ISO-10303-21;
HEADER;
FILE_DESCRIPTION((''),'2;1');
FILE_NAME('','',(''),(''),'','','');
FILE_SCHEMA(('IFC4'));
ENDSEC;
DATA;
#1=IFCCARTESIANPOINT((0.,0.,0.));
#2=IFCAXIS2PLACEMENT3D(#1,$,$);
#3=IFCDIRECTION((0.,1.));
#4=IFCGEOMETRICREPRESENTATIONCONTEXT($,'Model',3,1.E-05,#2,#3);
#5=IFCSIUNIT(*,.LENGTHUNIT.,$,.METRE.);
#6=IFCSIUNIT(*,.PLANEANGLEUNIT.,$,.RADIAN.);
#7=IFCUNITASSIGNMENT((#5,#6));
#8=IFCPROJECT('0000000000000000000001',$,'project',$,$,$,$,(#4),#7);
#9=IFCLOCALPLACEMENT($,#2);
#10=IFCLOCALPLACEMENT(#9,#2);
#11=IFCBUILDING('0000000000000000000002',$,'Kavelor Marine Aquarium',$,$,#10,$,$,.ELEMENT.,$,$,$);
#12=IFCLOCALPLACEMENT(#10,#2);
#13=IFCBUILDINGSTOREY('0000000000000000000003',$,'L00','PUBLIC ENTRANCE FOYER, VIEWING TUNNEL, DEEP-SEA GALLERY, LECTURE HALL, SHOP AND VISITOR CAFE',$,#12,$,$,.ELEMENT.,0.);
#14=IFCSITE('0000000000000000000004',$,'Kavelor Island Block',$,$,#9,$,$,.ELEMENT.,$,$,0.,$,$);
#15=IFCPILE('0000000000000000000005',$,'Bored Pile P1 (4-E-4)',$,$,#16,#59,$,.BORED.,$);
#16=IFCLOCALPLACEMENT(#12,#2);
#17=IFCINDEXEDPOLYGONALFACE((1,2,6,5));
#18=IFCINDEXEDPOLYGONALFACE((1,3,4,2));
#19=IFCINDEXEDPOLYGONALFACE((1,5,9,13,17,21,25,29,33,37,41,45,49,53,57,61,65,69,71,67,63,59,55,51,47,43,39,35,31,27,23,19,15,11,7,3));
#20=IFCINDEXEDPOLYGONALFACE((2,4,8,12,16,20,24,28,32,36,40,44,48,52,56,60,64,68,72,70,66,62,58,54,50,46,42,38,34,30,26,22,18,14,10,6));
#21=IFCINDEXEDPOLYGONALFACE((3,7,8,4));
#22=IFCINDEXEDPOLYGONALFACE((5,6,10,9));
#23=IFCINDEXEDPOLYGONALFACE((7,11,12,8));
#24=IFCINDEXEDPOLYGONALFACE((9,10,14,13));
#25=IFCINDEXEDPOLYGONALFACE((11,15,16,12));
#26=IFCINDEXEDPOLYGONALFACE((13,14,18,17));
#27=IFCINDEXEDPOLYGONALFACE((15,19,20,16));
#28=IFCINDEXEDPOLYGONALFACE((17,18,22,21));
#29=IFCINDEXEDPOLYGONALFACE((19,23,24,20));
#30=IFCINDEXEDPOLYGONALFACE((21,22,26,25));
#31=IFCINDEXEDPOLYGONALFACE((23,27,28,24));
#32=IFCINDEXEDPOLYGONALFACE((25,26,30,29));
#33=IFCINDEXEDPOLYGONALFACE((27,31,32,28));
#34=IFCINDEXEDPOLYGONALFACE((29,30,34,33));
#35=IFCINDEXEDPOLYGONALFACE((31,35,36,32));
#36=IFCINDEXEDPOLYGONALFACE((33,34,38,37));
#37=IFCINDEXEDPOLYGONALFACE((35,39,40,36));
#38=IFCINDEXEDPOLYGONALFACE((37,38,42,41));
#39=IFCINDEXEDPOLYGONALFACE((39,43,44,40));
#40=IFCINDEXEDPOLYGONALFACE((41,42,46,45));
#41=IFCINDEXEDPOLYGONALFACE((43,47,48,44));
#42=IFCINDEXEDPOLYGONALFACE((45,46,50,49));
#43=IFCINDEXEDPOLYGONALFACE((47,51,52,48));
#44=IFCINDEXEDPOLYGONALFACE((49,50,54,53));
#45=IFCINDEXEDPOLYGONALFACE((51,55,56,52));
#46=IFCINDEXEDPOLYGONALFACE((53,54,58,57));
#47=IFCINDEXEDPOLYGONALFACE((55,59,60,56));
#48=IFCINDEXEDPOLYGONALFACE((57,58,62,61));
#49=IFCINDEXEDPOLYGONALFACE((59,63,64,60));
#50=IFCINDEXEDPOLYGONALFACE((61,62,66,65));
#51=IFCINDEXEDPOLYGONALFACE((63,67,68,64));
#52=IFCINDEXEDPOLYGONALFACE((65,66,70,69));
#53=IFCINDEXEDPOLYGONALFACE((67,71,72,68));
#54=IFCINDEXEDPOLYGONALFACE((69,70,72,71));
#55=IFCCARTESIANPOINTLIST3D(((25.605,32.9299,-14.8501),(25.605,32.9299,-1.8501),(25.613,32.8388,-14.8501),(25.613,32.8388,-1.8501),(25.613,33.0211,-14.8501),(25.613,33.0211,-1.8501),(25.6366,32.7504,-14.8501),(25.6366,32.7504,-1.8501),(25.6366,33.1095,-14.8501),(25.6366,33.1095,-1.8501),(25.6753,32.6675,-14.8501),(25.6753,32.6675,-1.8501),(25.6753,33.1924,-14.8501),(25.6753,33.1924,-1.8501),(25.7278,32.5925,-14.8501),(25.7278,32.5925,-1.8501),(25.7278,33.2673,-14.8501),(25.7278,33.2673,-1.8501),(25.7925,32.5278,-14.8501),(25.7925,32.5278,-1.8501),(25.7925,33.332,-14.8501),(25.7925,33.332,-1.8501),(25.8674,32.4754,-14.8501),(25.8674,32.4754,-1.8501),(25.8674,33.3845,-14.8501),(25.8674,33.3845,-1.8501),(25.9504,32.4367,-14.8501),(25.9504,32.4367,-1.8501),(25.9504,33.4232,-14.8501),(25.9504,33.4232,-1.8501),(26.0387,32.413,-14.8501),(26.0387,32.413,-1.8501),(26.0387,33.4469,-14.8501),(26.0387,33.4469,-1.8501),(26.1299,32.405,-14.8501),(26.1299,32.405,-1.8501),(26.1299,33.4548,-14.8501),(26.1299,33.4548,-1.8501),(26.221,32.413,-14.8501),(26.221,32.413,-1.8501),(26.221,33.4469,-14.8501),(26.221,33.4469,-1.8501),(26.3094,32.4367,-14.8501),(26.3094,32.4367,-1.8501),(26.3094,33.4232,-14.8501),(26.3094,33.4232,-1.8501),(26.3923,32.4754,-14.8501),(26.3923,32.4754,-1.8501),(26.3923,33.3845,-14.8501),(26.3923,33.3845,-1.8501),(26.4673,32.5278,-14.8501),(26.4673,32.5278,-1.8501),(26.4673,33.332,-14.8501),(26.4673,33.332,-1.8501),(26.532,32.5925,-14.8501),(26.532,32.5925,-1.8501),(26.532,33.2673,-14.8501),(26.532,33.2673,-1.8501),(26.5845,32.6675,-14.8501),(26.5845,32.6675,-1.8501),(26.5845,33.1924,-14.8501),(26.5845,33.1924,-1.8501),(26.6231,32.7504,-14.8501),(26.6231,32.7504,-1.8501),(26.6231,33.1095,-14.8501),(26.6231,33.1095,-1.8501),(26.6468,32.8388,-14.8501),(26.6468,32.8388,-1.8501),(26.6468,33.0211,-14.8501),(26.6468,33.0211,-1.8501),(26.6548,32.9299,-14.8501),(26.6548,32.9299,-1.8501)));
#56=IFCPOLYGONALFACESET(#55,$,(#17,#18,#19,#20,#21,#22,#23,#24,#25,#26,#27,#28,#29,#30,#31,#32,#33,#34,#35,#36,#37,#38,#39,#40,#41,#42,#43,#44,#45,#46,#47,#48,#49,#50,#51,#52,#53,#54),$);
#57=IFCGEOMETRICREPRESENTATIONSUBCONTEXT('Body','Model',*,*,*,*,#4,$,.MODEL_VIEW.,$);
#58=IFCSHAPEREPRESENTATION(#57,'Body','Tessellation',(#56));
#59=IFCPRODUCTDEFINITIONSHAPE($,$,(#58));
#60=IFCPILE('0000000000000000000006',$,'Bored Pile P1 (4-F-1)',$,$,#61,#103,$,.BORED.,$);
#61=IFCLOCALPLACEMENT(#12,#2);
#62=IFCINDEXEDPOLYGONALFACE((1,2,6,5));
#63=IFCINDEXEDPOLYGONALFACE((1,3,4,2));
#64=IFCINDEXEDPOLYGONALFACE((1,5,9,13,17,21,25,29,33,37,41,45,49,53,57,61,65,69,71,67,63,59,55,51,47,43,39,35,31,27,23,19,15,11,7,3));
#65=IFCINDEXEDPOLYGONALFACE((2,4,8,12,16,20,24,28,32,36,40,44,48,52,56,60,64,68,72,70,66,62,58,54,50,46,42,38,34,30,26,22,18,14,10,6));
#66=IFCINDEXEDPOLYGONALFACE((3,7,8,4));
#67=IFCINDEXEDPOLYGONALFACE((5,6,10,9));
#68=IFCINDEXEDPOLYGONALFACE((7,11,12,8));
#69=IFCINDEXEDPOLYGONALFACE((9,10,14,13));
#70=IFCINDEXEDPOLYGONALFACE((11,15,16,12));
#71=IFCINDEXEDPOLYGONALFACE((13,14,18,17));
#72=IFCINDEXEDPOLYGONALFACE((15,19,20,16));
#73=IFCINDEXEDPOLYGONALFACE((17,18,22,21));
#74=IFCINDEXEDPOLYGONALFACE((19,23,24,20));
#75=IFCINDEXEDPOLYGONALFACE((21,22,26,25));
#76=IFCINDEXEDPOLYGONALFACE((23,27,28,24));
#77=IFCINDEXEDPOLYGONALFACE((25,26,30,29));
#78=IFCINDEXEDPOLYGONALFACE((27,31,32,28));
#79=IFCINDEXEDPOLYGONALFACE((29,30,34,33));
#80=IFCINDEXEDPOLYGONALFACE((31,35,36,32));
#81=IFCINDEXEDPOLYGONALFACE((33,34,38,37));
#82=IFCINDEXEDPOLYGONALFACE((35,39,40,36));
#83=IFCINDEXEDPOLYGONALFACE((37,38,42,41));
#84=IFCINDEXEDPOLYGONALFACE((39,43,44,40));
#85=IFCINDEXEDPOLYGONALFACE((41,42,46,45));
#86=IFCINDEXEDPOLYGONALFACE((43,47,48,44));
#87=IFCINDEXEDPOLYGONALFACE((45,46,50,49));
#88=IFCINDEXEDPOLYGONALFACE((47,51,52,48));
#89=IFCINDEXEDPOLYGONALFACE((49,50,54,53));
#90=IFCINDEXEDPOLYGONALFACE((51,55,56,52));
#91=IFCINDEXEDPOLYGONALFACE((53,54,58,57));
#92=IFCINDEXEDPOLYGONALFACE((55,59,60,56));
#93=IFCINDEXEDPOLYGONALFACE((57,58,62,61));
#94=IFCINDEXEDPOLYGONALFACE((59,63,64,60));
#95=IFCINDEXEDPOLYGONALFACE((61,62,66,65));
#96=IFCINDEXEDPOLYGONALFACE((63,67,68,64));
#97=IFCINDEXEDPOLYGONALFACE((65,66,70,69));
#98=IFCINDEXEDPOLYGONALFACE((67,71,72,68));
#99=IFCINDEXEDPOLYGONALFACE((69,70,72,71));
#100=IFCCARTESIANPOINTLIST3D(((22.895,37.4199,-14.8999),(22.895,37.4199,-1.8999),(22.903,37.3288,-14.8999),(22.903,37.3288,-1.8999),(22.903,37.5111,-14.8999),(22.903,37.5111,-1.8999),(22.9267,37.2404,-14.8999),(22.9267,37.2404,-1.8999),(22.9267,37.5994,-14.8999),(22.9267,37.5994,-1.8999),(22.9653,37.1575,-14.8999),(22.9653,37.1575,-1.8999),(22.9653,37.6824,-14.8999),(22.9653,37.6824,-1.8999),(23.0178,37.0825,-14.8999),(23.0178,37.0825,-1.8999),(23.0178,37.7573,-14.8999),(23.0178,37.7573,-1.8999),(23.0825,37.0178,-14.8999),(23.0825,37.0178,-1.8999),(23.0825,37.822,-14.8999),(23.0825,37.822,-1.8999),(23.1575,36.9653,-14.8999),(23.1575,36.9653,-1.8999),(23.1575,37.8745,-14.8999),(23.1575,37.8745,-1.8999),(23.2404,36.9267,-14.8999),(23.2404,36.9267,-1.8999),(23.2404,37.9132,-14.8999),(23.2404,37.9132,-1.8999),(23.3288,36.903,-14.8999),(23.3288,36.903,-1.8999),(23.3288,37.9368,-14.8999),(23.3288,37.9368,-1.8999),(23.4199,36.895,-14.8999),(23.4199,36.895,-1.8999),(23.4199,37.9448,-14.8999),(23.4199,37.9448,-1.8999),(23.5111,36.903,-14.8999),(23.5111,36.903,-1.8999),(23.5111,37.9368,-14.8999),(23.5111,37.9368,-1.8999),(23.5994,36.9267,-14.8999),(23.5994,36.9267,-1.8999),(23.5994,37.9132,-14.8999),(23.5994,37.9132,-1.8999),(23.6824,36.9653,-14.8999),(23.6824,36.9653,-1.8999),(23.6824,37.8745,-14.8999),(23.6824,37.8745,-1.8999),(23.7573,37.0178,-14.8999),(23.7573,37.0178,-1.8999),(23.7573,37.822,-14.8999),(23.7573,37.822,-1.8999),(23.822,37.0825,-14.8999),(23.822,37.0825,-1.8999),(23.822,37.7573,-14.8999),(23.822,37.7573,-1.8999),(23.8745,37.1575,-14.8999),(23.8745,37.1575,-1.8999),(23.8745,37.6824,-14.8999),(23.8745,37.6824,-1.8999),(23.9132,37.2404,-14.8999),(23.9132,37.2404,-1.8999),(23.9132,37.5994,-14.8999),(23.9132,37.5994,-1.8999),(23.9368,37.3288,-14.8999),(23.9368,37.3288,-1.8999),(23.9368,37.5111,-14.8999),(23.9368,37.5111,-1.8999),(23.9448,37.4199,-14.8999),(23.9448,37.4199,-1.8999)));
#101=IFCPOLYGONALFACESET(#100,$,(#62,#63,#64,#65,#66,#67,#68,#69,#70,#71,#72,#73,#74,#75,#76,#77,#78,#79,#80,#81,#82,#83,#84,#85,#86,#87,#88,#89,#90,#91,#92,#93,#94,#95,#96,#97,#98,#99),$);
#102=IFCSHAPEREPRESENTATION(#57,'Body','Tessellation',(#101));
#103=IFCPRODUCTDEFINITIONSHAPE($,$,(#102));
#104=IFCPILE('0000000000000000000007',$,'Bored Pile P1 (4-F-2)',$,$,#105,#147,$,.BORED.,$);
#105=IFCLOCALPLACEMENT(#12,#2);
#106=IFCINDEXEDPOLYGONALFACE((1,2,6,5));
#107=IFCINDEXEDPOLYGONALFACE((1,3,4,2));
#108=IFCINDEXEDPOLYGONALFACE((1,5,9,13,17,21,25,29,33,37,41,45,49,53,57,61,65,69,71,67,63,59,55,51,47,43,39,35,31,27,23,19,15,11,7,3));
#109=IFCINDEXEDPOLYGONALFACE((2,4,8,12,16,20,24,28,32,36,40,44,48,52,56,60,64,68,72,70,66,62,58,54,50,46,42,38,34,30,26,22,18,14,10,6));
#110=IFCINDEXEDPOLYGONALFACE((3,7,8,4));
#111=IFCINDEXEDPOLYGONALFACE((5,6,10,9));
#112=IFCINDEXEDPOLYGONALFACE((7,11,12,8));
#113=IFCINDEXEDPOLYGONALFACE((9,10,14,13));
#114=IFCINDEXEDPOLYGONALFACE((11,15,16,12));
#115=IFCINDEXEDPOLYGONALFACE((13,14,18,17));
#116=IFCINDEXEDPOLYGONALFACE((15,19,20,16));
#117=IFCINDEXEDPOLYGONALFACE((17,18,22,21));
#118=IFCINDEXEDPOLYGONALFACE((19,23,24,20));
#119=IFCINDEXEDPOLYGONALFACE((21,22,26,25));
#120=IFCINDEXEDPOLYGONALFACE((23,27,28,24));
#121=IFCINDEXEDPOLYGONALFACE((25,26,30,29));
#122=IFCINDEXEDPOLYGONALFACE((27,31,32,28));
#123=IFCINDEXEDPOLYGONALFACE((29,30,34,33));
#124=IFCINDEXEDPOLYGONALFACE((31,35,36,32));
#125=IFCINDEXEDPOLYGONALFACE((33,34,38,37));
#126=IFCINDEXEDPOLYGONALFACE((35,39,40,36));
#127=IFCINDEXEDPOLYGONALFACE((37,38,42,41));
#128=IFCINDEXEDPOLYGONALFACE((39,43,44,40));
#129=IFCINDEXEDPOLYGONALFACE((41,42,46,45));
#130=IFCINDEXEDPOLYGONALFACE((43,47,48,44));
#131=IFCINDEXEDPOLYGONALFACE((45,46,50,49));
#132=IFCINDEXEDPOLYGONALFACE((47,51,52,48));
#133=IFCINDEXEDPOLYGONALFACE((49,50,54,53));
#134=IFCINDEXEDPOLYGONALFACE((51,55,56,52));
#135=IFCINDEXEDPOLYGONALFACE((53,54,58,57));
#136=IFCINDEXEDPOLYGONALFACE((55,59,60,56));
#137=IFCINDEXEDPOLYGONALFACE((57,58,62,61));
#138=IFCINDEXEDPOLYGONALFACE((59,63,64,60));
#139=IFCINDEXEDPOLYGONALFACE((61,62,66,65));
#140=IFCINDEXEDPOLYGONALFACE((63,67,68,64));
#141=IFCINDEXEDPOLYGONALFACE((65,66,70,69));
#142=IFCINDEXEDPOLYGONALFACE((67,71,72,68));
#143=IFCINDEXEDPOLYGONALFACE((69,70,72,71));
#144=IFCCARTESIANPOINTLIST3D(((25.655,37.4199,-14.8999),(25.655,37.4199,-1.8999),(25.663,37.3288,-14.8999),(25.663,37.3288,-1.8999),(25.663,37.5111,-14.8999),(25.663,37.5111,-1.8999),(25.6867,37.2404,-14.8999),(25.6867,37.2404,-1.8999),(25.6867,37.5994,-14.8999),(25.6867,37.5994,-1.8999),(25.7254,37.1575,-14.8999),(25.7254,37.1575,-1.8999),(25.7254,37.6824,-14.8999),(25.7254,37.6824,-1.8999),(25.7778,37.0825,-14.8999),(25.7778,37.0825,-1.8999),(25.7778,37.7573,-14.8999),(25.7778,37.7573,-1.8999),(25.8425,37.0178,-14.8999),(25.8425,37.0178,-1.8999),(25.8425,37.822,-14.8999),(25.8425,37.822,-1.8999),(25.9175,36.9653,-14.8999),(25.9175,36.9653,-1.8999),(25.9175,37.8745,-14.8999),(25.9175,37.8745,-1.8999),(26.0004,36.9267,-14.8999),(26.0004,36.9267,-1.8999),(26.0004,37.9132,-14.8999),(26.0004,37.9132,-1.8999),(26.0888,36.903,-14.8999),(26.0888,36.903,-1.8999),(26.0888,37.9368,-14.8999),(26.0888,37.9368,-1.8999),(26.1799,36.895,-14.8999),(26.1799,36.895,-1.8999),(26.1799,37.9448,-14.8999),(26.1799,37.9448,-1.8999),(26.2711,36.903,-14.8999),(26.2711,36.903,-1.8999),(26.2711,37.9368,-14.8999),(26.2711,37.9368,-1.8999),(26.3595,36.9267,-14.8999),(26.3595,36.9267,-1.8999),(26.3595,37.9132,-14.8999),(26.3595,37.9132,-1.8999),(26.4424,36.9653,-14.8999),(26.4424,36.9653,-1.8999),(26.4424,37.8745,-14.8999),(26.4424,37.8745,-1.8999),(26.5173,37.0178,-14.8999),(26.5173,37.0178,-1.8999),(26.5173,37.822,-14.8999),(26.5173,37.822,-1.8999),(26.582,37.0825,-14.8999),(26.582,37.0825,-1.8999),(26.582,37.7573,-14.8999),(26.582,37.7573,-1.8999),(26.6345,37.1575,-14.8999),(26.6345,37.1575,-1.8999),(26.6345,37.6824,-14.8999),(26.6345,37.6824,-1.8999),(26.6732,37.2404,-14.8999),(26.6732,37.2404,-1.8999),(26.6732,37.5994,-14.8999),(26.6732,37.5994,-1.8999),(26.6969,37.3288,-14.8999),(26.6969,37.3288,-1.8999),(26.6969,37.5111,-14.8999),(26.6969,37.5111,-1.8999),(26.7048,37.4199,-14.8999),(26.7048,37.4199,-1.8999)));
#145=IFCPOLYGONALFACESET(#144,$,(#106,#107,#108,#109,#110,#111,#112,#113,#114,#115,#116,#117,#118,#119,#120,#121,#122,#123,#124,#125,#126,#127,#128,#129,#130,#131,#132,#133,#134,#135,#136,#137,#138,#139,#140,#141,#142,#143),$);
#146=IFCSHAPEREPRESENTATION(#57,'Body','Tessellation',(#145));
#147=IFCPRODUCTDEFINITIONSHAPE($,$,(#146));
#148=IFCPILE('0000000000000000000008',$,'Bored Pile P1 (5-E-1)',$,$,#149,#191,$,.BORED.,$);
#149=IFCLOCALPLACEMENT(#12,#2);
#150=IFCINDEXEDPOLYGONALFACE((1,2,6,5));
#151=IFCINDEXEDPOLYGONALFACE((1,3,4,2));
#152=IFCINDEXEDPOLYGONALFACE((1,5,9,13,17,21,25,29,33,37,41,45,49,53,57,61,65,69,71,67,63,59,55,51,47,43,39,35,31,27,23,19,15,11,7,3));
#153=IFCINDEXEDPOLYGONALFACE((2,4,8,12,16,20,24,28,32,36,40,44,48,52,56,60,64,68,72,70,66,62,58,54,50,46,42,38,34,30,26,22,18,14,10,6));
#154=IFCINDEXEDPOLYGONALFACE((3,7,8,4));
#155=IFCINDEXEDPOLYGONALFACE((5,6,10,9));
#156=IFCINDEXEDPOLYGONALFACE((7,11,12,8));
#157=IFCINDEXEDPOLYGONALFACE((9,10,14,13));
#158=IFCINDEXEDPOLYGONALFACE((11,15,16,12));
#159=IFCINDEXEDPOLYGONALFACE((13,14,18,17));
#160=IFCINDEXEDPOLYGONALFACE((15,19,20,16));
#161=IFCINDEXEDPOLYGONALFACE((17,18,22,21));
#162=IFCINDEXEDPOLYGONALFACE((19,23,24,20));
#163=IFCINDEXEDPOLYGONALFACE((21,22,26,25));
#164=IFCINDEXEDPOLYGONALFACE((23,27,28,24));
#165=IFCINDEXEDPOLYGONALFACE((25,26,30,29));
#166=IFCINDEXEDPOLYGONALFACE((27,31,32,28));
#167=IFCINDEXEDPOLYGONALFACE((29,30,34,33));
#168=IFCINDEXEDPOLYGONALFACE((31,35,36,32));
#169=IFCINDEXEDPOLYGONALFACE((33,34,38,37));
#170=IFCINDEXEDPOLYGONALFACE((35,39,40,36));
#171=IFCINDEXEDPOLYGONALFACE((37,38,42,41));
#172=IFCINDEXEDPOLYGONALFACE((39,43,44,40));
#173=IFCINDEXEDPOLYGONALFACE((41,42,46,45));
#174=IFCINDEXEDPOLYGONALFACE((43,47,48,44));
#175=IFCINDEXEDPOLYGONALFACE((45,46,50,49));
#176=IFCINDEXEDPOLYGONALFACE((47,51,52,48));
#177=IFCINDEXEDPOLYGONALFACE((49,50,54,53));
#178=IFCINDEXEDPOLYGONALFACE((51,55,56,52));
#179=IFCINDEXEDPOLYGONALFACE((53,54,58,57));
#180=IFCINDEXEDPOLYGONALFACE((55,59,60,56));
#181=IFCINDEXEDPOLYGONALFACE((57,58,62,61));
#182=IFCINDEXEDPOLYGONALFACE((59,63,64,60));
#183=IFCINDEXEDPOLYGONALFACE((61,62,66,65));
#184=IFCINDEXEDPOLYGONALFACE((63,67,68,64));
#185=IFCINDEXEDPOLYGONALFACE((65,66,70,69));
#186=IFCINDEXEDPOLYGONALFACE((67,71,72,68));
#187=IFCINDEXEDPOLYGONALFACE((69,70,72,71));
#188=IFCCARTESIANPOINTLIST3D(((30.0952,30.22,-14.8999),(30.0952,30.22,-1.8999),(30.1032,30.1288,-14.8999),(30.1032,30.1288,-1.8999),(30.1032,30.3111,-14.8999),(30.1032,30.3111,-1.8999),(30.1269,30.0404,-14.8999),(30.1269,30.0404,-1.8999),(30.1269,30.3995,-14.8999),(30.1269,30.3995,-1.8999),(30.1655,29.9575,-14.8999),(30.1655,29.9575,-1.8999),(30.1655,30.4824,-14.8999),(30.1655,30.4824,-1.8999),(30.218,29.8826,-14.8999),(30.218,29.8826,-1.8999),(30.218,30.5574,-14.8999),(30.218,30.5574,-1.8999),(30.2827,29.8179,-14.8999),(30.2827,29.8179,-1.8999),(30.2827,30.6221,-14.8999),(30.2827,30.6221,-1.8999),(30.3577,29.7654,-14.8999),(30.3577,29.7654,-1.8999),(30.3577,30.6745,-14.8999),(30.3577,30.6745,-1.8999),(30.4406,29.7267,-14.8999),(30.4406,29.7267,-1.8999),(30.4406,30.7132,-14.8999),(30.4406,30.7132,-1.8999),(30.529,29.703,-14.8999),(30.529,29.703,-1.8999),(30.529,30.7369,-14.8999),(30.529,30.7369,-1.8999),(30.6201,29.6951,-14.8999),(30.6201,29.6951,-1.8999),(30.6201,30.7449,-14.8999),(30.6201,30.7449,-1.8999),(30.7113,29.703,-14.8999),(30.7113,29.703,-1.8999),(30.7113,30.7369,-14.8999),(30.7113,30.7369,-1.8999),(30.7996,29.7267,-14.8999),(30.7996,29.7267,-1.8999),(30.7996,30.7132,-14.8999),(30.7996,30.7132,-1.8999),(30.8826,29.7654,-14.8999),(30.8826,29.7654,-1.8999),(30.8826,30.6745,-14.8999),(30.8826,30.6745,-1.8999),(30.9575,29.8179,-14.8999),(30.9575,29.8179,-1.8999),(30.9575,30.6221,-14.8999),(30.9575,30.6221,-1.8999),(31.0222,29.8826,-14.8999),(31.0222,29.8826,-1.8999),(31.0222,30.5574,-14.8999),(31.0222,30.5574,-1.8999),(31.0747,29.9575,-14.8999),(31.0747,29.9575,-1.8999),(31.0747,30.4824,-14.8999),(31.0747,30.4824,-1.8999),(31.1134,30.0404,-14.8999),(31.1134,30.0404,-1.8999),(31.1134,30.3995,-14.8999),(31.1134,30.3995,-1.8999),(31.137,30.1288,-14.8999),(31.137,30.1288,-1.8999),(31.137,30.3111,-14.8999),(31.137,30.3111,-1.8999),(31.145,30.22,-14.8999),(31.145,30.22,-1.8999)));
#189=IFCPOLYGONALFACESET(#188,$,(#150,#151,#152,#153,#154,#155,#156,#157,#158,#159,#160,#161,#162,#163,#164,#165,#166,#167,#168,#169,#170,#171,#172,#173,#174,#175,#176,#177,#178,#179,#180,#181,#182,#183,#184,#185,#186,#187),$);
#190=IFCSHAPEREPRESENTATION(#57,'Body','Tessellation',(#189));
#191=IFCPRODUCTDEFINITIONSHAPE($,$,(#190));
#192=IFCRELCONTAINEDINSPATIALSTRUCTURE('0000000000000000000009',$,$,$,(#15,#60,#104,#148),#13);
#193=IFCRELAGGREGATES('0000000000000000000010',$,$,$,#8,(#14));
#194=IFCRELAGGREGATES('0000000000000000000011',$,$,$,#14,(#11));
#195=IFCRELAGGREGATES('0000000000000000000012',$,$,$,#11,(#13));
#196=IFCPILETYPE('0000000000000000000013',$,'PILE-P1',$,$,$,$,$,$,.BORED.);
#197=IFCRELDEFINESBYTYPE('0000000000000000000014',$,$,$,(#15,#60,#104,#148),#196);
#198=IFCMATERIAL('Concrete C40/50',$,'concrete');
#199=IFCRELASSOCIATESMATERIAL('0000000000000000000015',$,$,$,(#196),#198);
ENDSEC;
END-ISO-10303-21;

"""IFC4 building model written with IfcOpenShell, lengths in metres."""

from ifc_helpers import new_model, si_unit, direction, frame, origin, origin_2d, place, context, subcontext, project, spatial, circle, extrude, material, material_profile, profile_set, type_object, element, save


model = new_model("IFC4")

# Units and contexts
model_context = context("Model", 3, precision=1e-05, world=origin(), true_north=direction((0.0, 1.0)))
body_context = subcontext(model_context, "Body", "Model", "MODEL_VIEW")
ifc_project = project(units=[si_unit("LENGTHUNIT", "METRE"), si_unit("PLANEANGLEUNIT", "RADIAN")], contexts=[model_context])

# Site, building, storey
site_placement = place(None, origin())
site = spatial("IfcSite", under=ifc_project, at=site_placement, Name="Kavelor Island Block", CompositionType="ELEMENT", RefElevation=0.0)
building_placement = place(site_placement, origin())
building = spatial("IfcBuilding", under=site, at=building_placement, Name="Kavelor Marine Aquarium", CompositionType="ELEMENT")
storey_placement = place(building_placement, origin())
storey = spatial("IfcBuildingStorey", under=building, at=storey_placement, Name="L00", Description="PUBLIC ENTRANCE FOYER, VIEWING TUNNEL, DEEP-SEA GALLERY, LECTURE HALL, SHOP AND VISITOR CAFE", CompositionType="ELEMENT", Elevation=0.0)

# Piles
ifc_material_1 = material(Name="Concrete C40/50", Category="concrete")
ifc_material_profile_1 = material_profile(ifc_material_1, circle(Radius=0.5249, at=origin_2d()), Name="PILE D1050")
ifc_profile_set_1 = profile_set([ifc_material_profile_1], Name="Concrete C40/50")
pile_type = type_object("IfcPileType", Name="PILE-P1", PredefinedType="BORED", material=ifc_profile_set_1)
for number, where, z_axis, x_axis, name in (
    (1, (26.1299, 32.9299, -1.8501), (0.0, 0.0, -1.0), (1.0, 0.0, 0.0), "Bored Pile P1 (4-E-4)"),
    (2, (23.4199, 37.4199, -1.8999), (0.0, 0.0, -1.0), (1.0, 0.0, 0.0), "Bored Pile P1 (4-F-1)"),
    (3, (26.1799, 37.4199, -1.8999), (0.0, 0.0, -1.0), (1.0, 0.0, 0.0), "Bored Pile P1 (4-F-2)"),
    (4, (30.6201, 30.22, -1.8999), (0.0, 0.0, -1.0), (1.0, 0.0, 0.0), "Bored Pile P1 (5-E-1)"),
):
    element("IfcPile", number, at=place(storey_placement, frame(where, z_axis=z_axis, x_axis=x_axis)), inside=storey, type_object=pile_type, Name=name, PredefinedType="BORED", context=body_context, shape_type="SweptSolid", body=[
        extrude(circle(Radius=0.5249, at=origin_2d()), origin(), (0.0, 0.0, 1.0), 13.0),
    ])

save(model, "model.ifc")
